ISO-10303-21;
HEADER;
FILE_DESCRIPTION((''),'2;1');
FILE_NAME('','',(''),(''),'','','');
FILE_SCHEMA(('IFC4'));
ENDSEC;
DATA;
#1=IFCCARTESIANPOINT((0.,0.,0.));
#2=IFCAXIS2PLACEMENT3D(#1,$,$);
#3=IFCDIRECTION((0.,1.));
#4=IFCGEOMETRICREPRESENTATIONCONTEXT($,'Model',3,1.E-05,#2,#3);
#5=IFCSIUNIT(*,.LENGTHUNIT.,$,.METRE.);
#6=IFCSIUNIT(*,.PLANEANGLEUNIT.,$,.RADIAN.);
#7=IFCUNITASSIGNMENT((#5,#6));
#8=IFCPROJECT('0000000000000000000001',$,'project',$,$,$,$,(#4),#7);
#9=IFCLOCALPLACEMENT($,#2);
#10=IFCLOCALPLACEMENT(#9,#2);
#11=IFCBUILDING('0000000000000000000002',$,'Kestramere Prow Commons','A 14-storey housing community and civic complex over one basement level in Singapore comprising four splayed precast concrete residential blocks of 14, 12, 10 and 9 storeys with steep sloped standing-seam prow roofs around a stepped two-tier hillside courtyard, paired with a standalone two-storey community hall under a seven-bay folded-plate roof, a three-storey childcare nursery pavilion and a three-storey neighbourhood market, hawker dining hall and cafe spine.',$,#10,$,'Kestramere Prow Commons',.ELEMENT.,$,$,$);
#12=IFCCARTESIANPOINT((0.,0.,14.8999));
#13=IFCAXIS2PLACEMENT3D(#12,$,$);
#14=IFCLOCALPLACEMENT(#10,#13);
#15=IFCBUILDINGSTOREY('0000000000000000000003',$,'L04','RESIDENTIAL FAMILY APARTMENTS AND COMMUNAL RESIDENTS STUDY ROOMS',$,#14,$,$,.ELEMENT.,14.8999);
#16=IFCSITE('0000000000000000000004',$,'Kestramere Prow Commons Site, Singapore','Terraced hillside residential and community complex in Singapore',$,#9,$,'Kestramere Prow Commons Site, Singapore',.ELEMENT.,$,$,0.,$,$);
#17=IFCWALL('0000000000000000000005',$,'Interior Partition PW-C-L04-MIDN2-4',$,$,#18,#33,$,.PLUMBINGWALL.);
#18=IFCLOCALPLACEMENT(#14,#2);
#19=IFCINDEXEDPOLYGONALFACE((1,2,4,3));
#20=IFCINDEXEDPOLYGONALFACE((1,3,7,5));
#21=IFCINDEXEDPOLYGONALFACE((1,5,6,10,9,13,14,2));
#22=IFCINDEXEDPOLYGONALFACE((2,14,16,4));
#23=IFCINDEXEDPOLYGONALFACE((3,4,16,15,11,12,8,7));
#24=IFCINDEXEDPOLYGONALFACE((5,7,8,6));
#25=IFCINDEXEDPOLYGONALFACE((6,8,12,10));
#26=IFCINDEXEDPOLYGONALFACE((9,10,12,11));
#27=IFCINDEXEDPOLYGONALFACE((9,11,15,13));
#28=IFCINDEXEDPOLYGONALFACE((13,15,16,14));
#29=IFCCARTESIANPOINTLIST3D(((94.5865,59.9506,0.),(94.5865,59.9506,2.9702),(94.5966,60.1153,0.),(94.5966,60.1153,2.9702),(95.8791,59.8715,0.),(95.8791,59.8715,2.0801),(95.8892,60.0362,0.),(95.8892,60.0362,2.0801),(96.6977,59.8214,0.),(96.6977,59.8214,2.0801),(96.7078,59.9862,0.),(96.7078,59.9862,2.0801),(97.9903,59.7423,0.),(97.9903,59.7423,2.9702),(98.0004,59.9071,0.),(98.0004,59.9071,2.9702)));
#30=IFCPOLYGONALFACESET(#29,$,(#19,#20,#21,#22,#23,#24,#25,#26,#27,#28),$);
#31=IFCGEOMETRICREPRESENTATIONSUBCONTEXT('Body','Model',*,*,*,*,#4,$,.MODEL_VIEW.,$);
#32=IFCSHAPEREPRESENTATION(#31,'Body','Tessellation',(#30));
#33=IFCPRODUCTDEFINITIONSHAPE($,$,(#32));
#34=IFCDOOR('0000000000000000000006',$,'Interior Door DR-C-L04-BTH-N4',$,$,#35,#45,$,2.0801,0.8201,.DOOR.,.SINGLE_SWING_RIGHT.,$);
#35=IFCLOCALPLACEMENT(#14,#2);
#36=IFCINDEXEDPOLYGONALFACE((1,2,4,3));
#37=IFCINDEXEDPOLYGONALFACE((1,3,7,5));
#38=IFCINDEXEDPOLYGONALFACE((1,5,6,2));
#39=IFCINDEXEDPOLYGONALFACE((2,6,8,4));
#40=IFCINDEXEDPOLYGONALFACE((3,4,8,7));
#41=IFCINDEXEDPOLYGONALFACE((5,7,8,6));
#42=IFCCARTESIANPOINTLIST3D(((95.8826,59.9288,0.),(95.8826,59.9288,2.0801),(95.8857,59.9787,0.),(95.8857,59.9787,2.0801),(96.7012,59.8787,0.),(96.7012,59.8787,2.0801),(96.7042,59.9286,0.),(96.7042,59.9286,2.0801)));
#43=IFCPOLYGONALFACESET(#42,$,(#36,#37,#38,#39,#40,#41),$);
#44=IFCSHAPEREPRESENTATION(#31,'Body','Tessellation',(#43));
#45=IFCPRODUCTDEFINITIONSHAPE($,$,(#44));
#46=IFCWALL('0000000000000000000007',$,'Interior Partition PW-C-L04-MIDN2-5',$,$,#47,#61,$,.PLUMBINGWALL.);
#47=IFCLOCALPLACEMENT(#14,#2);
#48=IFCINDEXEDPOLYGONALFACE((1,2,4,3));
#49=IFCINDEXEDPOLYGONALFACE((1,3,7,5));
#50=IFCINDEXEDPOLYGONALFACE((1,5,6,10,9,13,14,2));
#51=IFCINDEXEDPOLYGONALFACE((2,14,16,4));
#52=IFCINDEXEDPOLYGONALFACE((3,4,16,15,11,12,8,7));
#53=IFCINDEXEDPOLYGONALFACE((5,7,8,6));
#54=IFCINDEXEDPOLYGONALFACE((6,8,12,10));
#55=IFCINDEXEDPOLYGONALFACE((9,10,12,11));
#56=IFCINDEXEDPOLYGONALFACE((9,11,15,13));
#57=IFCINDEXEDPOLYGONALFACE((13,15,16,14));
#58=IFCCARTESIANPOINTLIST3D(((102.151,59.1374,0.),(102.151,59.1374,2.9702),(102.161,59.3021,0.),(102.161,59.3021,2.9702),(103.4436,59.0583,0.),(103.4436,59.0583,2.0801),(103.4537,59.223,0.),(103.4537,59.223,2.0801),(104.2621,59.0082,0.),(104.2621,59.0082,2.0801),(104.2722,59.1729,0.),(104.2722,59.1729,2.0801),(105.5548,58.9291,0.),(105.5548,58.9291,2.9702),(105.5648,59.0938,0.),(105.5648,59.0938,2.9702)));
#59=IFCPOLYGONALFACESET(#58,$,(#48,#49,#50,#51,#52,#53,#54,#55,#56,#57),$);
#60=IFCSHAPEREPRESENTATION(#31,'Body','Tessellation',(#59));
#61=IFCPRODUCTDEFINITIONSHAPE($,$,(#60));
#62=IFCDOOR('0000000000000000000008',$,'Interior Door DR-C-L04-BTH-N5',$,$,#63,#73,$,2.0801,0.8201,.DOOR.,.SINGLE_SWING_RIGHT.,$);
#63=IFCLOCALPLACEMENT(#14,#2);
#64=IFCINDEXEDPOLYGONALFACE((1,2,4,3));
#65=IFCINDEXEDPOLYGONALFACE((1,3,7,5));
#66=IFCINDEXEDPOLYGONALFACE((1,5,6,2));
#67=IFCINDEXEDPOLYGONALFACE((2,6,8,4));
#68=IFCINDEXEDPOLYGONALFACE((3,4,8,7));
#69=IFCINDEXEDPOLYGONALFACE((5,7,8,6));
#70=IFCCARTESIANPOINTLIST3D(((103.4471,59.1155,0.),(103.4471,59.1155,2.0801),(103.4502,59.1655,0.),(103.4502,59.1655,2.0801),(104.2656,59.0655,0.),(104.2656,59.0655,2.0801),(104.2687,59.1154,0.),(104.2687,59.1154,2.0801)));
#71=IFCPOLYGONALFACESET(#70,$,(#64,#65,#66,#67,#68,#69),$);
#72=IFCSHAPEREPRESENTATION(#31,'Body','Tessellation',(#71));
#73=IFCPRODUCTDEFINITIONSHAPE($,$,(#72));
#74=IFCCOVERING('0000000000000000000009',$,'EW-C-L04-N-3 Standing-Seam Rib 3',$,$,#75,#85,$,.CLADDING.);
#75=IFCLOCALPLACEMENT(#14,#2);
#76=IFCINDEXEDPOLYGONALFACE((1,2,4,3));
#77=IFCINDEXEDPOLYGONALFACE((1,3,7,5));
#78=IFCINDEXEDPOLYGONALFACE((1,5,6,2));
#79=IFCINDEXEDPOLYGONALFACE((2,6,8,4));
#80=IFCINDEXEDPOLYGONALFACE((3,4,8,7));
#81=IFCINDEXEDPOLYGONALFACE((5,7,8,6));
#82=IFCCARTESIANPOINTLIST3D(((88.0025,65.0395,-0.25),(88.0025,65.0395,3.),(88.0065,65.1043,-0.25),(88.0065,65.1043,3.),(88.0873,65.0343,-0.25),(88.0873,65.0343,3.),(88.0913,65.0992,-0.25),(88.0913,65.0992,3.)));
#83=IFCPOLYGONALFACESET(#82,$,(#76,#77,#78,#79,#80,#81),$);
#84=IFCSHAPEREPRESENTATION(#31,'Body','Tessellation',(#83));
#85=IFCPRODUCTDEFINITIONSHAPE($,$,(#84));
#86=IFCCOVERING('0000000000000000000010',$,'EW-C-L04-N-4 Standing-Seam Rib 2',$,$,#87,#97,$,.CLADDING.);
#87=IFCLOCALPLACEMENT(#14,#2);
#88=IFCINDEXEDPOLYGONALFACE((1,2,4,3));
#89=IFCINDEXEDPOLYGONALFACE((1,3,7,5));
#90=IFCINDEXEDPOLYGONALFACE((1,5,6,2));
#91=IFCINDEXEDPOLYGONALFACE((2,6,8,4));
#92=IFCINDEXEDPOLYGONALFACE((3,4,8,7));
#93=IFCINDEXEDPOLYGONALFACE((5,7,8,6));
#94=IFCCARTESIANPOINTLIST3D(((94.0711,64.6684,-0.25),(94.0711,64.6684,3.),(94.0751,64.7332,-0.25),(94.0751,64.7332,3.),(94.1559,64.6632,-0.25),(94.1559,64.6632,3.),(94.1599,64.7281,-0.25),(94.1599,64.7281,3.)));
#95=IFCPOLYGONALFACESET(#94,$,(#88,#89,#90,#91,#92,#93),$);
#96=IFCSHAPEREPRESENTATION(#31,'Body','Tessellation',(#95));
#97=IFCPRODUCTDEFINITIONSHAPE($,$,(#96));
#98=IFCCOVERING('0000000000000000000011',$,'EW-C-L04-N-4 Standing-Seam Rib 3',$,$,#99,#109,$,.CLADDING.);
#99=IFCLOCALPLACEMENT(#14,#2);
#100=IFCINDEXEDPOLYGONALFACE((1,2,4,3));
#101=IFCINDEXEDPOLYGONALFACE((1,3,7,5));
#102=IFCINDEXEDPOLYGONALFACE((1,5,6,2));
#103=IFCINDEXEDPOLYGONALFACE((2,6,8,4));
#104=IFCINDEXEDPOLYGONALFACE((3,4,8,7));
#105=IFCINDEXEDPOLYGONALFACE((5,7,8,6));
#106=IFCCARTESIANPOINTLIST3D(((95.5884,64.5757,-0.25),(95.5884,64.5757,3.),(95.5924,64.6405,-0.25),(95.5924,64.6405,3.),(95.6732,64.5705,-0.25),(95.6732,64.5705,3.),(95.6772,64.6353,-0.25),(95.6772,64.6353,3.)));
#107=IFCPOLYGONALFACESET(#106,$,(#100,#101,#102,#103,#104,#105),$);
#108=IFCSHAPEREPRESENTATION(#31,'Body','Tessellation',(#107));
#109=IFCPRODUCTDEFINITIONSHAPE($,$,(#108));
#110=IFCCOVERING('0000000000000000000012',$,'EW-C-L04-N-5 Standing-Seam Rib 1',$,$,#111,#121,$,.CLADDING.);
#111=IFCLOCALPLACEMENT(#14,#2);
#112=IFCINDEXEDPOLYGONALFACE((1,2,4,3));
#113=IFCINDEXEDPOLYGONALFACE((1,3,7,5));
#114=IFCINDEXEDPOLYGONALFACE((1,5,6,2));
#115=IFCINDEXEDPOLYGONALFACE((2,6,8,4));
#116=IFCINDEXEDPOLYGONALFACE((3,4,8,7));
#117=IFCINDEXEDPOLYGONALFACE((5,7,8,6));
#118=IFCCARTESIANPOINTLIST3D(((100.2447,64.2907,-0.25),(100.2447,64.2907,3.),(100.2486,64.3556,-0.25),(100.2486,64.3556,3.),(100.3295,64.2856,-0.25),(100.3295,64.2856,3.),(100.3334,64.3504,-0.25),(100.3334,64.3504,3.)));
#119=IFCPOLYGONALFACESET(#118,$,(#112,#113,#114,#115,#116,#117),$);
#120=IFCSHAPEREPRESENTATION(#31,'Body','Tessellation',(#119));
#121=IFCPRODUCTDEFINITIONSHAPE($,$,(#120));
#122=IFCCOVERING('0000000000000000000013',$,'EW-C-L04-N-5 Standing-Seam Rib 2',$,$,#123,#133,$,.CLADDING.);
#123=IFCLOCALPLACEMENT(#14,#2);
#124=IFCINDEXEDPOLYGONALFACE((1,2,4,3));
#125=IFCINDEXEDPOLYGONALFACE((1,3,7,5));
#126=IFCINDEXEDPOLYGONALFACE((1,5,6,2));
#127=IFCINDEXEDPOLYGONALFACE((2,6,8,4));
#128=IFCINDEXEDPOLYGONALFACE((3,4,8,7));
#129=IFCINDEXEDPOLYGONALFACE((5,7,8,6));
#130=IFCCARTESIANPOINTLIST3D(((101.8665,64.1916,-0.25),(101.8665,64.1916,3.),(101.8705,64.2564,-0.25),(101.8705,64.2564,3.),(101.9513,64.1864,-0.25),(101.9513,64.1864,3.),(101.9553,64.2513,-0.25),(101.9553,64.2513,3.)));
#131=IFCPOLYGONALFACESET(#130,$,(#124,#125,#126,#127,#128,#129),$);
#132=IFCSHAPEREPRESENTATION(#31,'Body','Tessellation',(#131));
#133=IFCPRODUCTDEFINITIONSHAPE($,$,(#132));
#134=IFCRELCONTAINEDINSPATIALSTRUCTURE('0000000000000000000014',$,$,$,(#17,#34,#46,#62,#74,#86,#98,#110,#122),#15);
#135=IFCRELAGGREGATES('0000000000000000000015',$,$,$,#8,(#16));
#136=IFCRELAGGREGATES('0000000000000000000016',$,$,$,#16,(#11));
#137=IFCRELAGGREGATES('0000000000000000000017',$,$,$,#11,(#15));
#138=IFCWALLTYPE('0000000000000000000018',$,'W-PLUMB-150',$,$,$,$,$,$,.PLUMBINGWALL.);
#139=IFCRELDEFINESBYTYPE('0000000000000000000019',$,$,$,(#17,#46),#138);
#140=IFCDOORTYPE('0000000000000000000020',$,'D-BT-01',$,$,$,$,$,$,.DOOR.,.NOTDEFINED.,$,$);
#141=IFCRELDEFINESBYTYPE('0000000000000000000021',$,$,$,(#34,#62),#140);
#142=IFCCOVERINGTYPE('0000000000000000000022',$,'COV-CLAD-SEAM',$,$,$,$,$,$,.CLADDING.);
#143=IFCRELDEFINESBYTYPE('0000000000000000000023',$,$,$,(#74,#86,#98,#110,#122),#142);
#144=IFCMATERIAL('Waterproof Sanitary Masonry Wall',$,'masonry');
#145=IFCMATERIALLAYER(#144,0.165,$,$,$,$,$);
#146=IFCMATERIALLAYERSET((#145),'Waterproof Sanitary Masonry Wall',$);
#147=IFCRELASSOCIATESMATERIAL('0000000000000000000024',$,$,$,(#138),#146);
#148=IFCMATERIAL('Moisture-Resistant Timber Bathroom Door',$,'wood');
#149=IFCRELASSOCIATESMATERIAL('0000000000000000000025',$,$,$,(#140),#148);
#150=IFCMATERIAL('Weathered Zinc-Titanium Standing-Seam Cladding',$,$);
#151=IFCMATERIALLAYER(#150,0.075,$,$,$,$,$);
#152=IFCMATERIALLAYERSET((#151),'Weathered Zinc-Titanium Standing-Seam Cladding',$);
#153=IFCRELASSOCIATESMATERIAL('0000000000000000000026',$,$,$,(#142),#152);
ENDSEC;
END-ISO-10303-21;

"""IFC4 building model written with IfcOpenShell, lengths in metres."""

from ifc_helpers import new_model, si_unit, direction, frame, frame_2d, origin, origin_2d, place, context, subcontext, project, spatial, rectangle, extrude, material, layer, layer_set, type_object, element, fill, save


model = new_model("IFC4")

# Units and contexts
model_context = context("Model", 3, precision=1e-05, world=origin(), true_north=direction((0.0, 1.0)))
body_context = subcontext(model_context, "Body", "Model", "MODEL_VIEW")
ifc_project = project(units=[si_unit("LENGTHUNIT", "METRE"), si_unit("PLANEANGLEUNIT", "RADIAN")], contexts=[model_context])

# Site, building, storey
site_placement = place(None, origin())
site = spatial("IfcSite", under=ifc_project, at=site_placement, Name="Kestramere Prow Commons Site, Singapore", Description="Terraced hillside residential and community complex in Singapore", LongName="Kestramere Prow Commons Site, Singapore", CompositionType="ELEMENT", RefElevation=0.0)
building_placement = place(site_placement, origin())
building = spatial("IfcBuilding", under=site, at=building_placement, Name="Kestramere Prow Commons", Description="A 14-storey housing community and civic complex over one basement level in Singapore comprising four splayed precast concrete residential blocks of 14, 12, 10 and 9 storeys with steep sloped standing-seam prow roofs around a stepped two-tier hillside courtyard, paired with a standalone two-storey community hall under a seven-bay folded-plate roof, a three-storey childcare nursery pavilion and a three-storey neighbourhood market, hawker dining hall and cafe spine.", LongName="Kestramere Prow Commons", CompositionType="ELEMENT")
storey_placement = place(building_placement, frame((0.0, 0.0, 14.8999)))
storey = spatial("IfcBuildingStorey", under=building, at=storey_placement, Name="L04", Description="RESIDENTIAL FAMILY APARTMENTS AND COMMUNAL RESIDENTS STUDY ROOMS", CompositionType="ELEMENT", Elevation=14.8999)

# Walls, openings, doors
ifc_material_1 = material(Name="Waterproof Sanitary Masonry Wall", Category="masonry")
ifc_layer_1 = layer(ifc_material_1, 0.165)
ifc_layer_set_1 = layer_set([ifc_layer_1], Name="Waterproof Sanitary Masonry Wall")
wall_type_1 = type_object("IfcWallType", Name="W-PLUMB-150", PredefinedType="PLUMBINGWALL", material=ifc_layer_set_1)
wall_1_placement = place(storey_placement, frame((94.5916, 60.033, 0.0), z_axis=(0.0, 0.0, 1.0), x_axis=(0.998134, -0.061068, 0.0)))
wall_1 = element("IfcWall", 1, at=wall_1_placement, inside=storey, type_object=wall_type_1, Name="Interior Partition PW-C-L04-MIDN2-4", PredefinedType="PLUMBINGWALL", context=body_context, shape_type="SweptSolid", body=[
    extrude(rectangle(XDim=3.4102, YDim=0.165, at=frame_2d((1.7051, 0.0))), origin(), (0.0, 0.0, 1.0), 2.9702),
])
opening_1_placement = place(wall_1_placement, frame((1.2949, 0.0, 0.0)))
opening_1 = element("IfcOpeningElement", 2, at=opening_1_placement, cuts=wall_1, PredefinedType="OPENING", context=body_context, shape_type="SweptSolid", body=[
    extrude(rectangle(XDim=0.8201, YDim=2.0801, at=frame_2d((0.4102, 1.04))), frame((0.0, 0.0974, 0.0), z_axis=(0.0, -1.0, 0.0), x_axis=(1.0, 0.0, 0.0)), (0.0, 0.0, 1.0), 0.1951),
])
ifc_material_2 = material(Name="Moisture-Resistant Timber Bathroom Door", Category="wood")
door_type_1 = type_object("IfcDoorType", Name="D-BT-01", OperationType="NOTDEFINED", PredefinedType="DOOR", material=ifc_material_2)
door_1_placement = place(opening_1_placement, origin())
door_1 = element("IfcDoor", 3, at=door_1_placement, inside=storey, type_object=door_type_1, Name="Interior Door DR-C-L04-BTH-N4", OperationType="SINGLE_SWING_RIGHT", OverallHeight=2.0801, OverallWidth=0.8201, PredefinedType="DOOR", context=body_context, shape_type="SweptSolid", body=[
    extrude(rectangle(XDim=0.8201, YDim=2.0801, at=frame_2d((0.4102, 1.04))), frame((0.0, 0.0249, 0.0), z_axis=(0.0, -1.0, 0.0), x_axis=(1.0, 0.0, 0.0)), (0.0, 0.0, 1.0), 0.05),
])
fill(opening_1, door_1)
wall_2_placement = place(storey_placement, frame((102.156, 59.2197, 0.0), z_axis=(0.0, 0.0, 1.0), x_axis=(0.998134, -0.061068, 0.0)))
wall_2 = element("IfcWall", 4, at=wall_2_placement, inside=storey, type_object=wall_type_1, Name="Interior Partition PW-C-L04-MIDN2-5", PredefinedType="PLUMBINGWALL", context=body_context, shape_type="SweptSolid", body=[
    extrude(rectangle(XDim=3.4102, YDim=0.165, at=frame_2d((1.7051, 0.0))), origin(), (0.0, 0.0, 1.0), 2.9702),
])
opening_2_placement = place(wall_2_placement, frame((1.2949, 0.0, 0.0)))
opening_2 = element("IfcOpeningElement", 5, at=opening_2_placement, cuts=wall_2, PredefinedType="OPENING", context=body_context, shape_type="SweptSolid", body=[
    extrude(rectangle(XDim=0.8201, YDim=2.0801, at=frame_2d((0.4102, 1.04))), frame((0.0, 0.0974, 0.0), z_axis=(0.0, -1.0, 0.0), x_axis=(1.0, 0.0, 0.0)), (0.0, 0.0, 1.0), 0.1951),
])
door_2_placement = place(opening_2_placement, origin())
door_2 = element("IfcDoor", 6, at=door_2_placement, inside=storey, type_object=door_type_1, Name="Interior Door DR-C-L04-BTH-N5", OperationType="SINGLE_SWING_RIGHT", OverallHeight=2.0801, OverallWidth=0.8201, PredefinedType="DOOR", context=body_context, shape_type="SweptSolid", body=[
    extrude(rectangle(XDim=0.8201, YDim=2.0801, at=frame_2d((0.4102, 1.04))), frame((0.0, 0.0249, 0.0), z_axis=(0.0, -1.0, 0.0), x_axis=(1.0, 0.0, 0.0)), (0.0, 0.0, 1.0), 0.05),
])
fill(opening_2, door_2)

# Coverings
ifc_material_3 = material(Name="Weathered Zinc-Titanium Standing-Seam Cladding")
ifc_layer_2 = layer(ifc_material_3, 0.075)
ifc_layer_set_2 = layer_set([ifc_layer_2], Name="Weathered Zinc-Titanium Standing-Seam Cladding")
covering_type = type_object("IfcCoveringType", Name="COV-CLAD-SEAM", PredefinedType="CLADDING", material=ifc_layer_set_2)
for number, where, z_axis, x_axis, name in (
    (7, (88.0469, 65.0693, -0.25), (0.0, 0.0, 1.0), (0.998135, -0.061049, 0.0), "EW-C-L04-N-3 Standing-Seam Rib 3"),
    (8, (94.1155, 64.6982, -0.25), (0.0, 0.0, 1.0), (0.998135, -0.061049, 0.0), "EW-C-L04-N-4 Standing-Seam Rib 2"),
    (9, (95.6328, 64.6055, -0.25), (0.0, 0.0, 1.0), (0.998135, -0.061049, 0.0), "EW-C-L04-N-4 Standing-Seam Rib 3"),
    (10, (100.2891, 64.3206, -0.25), (0.0, 0.0, 1.0), (0.998135, -0.061049, 0.0), "EW-C-L04-N-5 Standing-Seam Rib 1"),
    (11, (101.9109, 64.2214, -0.25), (0.0, 0.0, 1.0), (0.998135, -0.061049, 0.0), "EW-C-L04-N-5 Standing-Seam Rib 2"),
):
    element("IfcCovering", number, at=place(storey_placement, frame(where, z_axis=z_axis, x_axis=x_axis)), inside=storey, type_object=covering_type, Name=name, PredefinedType="CLADDING", context=body_context, shape_type="SweptSolid", body=[
        extrude(rectangle(XDim=0.085, YDim=0.0649, at=origin_2d()), origin(), (0.0, 0.0, 1.0), 3.25),
    ])

save(model, "model.ifc")
